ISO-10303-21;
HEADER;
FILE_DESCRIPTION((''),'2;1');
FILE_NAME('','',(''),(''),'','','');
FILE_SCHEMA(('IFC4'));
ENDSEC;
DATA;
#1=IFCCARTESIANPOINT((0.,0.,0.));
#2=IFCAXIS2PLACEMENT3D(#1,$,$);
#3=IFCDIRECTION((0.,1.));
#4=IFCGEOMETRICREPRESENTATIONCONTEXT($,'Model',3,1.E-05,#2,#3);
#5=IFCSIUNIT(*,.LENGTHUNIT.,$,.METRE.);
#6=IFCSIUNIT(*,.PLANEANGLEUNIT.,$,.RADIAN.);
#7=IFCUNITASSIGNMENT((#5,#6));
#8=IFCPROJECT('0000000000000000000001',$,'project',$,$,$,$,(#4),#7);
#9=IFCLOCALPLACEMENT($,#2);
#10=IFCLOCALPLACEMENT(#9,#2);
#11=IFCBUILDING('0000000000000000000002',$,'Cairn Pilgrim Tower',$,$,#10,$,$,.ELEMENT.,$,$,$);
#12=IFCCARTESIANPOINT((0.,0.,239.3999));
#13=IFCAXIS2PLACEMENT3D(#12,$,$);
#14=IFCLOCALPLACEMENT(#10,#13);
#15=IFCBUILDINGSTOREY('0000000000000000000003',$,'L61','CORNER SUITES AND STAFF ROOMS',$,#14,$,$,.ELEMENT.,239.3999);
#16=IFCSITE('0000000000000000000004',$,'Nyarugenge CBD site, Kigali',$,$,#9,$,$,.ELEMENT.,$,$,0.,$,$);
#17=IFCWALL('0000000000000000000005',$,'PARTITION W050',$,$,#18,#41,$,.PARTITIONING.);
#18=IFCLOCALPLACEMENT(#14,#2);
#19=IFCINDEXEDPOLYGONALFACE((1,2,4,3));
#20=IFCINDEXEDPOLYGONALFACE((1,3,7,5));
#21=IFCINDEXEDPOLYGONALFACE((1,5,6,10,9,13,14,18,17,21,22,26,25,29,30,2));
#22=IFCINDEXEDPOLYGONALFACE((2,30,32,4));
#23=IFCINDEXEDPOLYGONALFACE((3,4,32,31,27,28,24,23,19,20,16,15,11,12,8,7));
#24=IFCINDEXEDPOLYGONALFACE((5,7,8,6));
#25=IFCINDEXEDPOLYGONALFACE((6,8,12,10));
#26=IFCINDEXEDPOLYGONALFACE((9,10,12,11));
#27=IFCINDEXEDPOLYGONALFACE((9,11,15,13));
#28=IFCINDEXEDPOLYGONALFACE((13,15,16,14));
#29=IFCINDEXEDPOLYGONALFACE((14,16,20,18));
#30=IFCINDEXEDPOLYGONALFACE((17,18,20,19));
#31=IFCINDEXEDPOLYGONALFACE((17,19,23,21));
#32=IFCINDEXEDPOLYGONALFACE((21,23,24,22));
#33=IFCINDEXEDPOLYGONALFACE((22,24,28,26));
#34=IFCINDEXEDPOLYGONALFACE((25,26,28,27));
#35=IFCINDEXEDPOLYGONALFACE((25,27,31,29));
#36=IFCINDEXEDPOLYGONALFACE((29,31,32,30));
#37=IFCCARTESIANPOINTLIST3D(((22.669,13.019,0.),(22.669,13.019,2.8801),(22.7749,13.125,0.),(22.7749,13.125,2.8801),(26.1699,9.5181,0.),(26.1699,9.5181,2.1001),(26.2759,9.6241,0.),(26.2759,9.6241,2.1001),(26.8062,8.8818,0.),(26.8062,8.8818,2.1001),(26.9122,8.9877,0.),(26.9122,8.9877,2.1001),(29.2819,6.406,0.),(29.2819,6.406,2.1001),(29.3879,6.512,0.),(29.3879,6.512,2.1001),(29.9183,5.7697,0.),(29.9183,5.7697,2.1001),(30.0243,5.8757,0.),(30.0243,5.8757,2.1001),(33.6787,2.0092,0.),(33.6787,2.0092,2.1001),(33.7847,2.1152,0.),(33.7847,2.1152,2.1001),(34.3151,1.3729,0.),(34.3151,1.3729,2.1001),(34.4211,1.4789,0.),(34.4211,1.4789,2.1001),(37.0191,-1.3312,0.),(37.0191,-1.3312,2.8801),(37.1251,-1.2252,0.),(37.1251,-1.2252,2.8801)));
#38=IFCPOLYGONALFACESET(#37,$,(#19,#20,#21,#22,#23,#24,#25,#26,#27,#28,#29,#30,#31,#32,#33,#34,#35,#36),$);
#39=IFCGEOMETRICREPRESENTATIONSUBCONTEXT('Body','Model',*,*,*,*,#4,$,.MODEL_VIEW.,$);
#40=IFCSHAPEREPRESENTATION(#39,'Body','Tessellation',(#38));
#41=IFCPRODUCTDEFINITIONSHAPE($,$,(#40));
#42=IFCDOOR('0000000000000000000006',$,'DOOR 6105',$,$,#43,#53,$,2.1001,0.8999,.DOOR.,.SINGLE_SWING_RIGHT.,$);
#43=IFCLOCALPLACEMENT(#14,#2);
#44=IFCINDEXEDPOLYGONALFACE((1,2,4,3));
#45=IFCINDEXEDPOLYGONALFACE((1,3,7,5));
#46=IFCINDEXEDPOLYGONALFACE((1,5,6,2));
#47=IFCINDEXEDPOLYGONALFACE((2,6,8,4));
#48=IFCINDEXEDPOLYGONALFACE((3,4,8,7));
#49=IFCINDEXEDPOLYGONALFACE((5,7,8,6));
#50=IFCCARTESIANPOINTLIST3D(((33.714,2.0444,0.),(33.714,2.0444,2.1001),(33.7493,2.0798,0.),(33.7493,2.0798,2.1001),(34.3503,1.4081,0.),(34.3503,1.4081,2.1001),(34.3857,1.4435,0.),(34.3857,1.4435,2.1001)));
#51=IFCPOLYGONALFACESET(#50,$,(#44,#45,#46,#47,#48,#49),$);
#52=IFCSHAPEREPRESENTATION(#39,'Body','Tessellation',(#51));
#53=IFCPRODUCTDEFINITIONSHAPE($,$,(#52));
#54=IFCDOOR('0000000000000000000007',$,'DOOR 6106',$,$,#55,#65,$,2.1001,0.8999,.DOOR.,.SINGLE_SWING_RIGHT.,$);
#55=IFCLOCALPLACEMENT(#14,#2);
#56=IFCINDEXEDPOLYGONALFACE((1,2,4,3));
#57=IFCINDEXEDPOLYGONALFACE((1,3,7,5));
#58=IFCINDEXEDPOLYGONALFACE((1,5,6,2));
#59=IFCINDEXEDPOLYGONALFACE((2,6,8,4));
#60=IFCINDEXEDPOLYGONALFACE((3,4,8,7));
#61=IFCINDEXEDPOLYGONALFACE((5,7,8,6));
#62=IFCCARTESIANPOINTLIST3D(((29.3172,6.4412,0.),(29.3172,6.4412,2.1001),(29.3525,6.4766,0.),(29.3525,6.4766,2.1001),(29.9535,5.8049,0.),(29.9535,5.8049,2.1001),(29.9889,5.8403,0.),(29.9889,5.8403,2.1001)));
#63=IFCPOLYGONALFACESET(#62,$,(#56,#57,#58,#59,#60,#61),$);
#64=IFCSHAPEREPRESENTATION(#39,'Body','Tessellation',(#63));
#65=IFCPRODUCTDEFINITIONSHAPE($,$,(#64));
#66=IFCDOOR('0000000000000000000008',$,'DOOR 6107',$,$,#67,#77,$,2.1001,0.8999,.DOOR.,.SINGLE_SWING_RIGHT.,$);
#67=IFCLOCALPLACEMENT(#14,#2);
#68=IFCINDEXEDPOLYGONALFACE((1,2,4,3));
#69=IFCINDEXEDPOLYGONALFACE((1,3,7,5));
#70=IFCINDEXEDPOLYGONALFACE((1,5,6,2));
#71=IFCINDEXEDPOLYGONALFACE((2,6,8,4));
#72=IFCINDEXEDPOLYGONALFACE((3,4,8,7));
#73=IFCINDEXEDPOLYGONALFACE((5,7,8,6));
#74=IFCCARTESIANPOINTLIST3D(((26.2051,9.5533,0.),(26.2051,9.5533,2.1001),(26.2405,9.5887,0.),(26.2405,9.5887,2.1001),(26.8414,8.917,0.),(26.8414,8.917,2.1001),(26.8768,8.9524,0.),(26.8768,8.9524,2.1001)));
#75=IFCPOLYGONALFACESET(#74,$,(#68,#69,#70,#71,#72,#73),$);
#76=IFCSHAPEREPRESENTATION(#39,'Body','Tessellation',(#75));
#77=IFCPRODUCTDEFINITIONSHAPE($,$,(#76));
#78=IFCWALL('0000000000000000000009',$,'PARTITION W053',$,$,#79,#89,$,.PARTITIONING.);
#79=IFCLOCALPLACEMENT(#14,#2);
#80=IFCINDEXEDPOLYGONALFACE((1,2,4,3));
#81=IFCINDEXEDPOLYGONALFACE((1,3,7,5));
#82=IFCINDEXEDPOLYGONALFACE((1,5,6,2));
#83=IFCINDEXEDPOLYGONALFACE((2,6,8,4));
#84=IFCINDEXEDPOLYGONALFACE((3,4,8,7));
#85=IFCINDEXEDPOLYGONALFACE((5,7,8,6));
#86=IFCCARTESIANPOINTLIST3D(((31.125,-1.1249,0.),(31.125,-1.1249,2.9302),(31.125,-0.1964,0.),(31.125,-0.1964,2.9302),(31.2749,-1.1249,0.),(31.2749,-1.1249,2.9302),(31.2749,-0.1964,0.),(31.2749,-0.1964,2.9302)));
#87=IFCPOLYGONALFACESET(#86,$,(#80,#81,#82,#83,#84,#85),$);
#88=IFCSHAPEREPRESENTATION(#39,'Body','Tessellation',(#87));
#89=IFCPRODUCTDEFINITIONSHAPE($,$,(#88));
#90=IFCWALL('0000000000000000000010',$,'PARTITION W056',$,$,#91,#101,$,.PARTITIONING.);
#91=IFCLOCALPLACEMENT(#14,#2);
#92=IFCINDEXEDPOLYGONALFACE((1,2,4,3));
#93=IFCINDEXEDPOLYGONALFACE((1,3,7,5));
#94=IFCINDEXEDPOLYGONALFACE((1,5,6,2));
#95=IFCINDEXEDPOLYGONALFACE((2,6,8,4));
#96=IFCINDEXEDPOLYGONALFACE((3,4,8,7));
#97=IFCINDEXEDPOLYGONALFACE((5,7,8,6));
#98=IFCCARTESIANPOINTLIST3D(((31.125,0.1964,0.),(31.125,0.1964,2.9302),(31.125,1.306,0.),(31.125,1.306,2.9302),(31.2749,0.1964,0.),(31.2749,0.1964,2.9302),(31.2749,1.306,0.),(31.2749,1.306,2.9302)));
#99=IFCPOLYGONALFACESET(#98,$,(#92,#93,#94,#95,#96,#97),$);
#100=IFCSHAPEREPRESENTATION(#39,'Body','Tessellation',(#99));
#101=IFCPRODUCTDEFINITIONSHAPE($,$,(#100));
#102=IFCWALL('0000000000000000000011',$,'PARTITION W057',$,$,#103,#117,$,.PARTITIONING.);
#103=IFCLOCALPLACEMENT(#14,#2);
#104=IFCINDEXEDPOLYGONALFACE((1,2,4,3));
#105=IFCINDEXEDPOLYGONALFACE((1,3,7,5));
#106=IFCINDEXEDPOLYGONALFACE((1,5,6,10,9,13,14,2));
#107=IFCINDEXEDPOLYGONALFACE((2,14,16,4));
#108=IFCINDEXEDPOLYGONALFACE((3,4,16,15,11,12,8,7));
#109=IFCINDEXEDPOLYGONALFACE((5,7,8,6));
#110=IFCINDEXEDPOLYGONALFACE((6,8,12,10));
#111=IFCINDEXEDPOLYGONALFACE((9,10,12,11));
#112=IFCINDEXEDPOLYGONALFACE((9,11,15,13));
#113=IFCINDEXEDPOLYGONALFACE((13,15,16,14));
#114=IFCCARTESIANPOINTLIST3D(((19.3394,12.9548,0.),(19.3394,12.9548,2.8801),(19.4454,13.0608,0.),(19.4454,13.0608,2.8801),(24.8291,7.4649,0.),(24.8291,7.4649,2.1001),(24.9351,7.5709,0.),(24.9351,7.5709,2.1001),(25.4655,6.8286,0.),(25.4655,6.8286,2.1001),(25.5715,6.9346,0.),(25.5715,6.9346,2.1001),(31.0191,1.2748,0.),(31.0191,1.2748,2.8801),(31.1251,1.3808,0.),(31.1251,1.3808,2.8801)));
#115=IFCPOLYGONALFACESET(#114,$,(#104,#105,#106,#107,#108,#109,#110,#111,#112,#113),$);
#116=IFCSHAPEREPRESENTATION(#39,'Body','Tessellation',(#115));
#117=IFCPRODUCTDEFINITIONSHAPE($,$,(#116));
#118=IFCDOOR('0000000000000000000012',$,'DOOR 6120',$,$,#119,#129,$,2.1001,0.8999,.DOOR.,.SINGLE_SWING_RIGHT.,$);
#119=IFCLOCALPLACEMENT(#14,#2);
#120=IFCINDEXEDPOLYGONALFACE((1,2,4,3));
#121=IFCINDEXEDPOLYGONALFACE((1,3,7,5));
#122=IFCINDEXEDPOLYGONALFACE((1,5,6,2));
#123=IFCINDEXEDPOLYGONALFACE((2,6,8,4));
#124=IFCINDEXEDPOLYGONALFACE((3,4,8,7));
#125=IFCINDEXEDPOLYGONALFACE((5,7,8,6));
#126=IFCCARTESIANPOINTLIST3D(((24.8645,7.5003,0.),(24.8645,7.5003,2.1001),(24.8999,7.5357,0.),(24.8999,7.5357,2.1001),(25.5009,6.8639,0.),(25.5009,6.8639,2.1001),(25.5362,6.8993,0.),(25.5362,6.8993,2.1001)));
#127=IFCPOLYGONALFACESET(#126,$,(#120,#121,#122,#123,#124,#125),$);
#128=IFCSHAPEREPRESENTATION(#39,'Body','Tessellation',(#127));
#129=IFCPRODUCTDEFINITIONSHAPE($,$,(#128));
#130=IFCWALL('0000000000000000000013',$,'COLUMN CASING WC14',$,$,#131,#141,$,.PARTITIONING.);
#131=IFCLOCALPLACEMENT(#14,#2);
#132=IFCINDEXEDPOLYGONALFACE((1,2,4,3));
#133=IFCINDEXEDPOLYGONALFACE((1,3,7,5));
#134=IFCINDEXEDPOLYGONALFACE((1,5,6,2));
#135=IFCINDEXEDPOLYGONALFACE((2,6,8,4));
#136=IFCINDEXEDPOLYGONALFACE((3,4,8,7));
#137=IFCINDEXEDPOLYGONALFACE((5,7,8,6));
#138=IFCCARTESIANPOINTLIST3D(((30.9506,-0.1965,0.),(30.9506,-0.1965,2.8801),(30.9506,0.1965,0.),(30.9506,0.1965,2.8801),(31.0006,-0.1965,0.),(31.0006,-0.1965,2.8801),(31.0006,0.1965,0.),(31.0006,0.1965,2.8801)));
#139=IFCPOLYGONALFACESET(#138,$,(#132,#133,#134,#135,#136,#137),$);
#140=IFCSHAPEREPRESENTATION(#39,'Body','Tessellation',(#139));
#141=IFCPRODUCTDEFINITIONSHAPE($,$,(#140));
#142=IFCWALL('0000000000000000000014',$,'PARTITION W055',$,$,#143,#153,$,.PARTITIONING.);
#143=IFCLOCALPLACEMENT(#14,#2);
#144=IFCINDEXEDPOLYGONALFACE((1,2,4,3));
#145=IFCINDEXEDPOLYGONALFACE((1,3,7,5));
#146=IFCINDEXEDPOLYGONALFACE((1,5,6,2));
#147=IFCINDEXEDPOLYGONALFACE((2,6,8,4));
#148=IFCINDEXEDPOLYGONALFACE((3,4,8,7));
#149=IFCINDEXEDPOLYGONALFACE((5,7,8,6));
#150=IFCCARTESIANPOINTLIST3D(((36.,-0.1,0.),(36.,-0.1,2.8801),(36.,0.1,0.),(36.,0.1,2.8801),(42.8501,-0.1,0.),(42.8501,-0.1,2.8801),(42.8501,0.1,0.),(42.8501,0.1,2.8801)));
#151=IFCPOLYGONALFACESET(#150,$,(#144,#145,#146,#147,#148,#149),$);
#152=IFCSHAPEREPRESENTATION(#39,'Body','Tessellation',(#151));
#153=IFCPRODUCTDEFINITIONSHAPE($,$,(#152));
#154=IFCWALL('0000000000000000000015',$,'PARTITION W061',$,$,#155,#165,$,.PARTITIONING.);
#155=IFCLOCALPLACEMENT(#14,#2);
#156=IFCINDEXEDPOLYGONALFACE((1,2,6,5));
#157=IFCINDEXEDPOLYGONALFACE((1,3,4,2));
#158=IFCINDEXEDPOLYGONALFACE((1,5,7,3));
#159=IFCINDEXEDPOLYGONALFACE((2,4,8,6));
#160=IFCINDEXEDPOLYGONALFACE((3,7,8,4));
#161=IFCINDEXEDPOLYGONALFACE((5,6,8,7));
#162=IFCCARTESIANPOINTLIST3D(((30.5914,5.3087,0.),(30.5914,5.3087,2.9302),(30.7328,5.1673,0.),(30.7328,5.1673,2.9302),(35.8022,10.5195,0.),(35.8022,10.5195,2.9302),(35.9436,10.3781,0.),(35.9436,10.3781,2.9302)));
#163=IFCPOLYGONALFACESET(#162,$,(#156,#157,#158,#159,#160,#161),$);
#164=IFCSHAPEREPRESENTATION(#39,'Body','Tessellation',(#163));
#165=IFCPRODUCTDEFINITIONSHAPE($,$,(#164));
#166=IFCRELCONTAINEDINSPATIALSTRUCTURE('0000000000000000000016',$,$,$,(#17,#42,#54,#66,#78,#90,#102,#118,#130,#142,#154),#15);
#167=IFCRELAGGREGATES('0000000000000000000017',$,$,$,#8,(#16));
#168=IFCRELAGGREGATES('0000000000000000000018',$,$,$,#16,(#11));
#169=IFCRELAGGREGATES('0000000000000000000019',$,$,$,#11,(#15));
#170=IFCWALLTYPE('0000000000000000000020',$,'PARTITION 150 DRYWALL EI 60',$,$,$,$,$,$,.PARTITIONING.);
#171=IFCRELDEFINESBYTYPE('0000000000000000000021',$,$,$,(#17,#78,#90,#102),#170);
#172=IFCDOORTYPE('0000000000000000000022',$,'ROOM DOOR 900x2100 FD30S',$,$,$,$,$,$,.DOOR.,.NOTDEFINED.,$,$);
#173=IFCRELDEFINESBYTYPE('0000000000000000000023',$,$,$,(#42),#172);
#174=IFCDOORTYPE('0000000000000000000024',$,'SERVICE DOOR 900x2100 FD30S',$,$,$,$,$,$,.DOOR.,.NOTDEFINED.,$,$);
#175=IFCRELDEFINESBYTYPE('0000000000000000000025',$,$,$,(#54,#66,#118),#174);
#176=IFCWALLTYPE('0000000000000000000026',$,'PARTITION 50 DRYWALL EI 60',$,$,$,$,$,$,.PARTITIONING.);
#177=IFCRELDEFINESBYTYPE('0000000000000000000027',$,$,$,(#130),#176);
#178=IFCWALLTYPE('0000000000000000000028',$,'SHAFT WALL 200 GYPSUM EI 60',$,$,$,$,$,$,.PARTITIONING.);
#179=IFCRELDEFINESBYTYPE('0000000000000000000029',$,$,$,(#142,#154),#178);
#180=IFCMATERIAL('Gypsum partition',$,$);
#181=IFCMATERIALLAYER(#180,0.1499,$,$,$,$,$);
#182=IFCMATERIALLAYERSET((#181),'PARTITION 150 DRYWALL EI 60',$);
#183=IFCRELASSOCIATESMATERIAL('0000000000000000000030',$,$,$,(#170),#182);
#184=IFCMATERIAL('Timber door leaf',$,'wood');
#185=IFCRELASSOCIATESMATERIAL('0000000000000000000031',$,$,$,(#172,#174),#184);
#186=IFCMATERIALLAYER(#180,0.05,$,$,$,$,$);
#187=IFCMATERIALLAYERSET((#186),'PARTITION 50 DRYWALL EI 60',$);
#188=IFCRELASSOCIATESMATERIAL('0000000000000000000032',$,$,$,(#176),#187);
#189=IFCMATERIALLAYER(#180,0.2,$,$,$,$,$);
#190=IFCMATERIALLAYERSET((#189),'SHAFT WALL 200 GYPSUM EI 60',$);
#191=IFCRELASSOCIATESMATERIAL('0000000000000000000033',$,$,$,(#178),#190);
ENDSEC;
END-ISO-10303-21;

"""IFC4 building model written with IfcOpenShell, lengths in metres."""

from ifc_helpers import new_model, si_unit, direction, frame, frame_2d, origin, place, context, subcontext, project, spatial, rectangle, extrude, material, layer, layer_set, type_object, element, fill, save


model = new_model("IFC4")

# Units and contexts
model_context = context("Model", 3, precision=1e-05, world=origin(), true_north=direction((0.0, 1.0)))
body_context = subcontext(model_context, "Body", "Model", "MODEL_VIEW")
ifc_project = project(units=[si_unit("LENGTHUNIT", "METRE"), si_unit("PLANEANGLEUNIT", "RADIAN")], contexts=[model_context])

# Site, building, storey
site_placement = place(None, origin())
site = spatial("IfcSite", under=ifc_project, at=site_placement, Name="Nyarugenge CBD site, Kigali", CompositionType="ELEMENT", RefElevation=0.0)
building_placement = place(site_placement, origin())
building = spatial("IfcBuilding", under=site, at=building_placement, Name="Cairn Pilgrim Tower", CompositionType="ELEMENT")
storey_placement = place(building_placement, frame((0.0, 0.0, 239.3999)))
storey = spatial("IfcBuildingStorey", under=building, at=storey_placement, Name="L61", Description="CORNER SUITES AND STAFF ROOMS", CompositionType="ELEMENT", Elevation=239.3999)

# Shared definitions
ifc_material_1 = material(Name="Gypsum partition")
ifc_material_2 = material(Name="Timber door leaf", Category="wood")

# Wall, openings, doors
ifc_layer_1 = layer(ifc_material_1, 0.1499)
ifc_layer_set_1 = layer_set([ifc_layer_1], Name="PARTITION 150 DRYWALL EI 60")
wall_type_1 = type_object("IfcWallType", Name="PARTITION 150 DRYWALL EI 60", PredefinedType="PARTITIONING", material=ifc_layer_set_1)
wall_1_placement = place(storey_placement, frame((37.072, -1.2781, 0.0), z_axis=(0.0, 0.0, 1.0), x_axis=(-0.707107, 0.707107, 0.0)))
wall_1 = element("IfcWall", 1, at=wall_1_placement, inside=storey, type_object=wall_type_1, Name="PARTITION W050", PredefinedType="PARTITIONING", context=body_context, shape_type="SweptSolid", body=[
    extrude(rectangle(XDim=20.2942, YDim=0.1499, at=frame_2d((10.147, 0.0))), origin(), (0.0, 0.0, 1.0), 2.8801),
])
opening_1_placement = place(wall_1_placement, frame((3.824, 0.0, 0.0)))
opening_1 = element("IfcOpeningElement", 2, at=opening_1_placement, cuts=wall_1, PredefinedType="OPENING", context=body_context, shape_type="SweptSolid", body=[
    extrude(rectangle(XDim=0.8999, YDim=2.1001, at=frame_2d((0.45, 1.05))), frame((0.0, 0.085, 0.0), z_axis=(0.0, -1.0, 0.0), x_axis=(1.0, 0.0, 0.0)), (0.0, 0.0, 1.0), 0.1699),
])
opening_2_placement = place(wall_1_placement, frame((10.042, 0.0, 0.0)))
opening_2 = element("IfcOpeningElement", 3, at=opening_2_placement, cuts=wall_1, PredefinedType="OPENING", context=body_context, shape_type="SweptSolid", body=[
    extrude(rectangle(XDim=0.8999, YDim=2.1001, at=frame_2d((0.45, 1.05))), frame((0.0, 0.085, 0.0), z_axis=(0.0, -1.0, 0.0), x_axis=(1.0, 0.0, 0.0)), (0.0, 0.0, 1.0), 0.1699),
])
opening_3_placement = place(wall_1_placement, frame((14.4431, 0.0, 0.0)))
opening_3 = element("IfcOpeningElement", 4, at=opening_3_placement, cuts=wall_1, PredefinedType="OPENING", context=body_context, shape_type="SweptSolid", body=[
    extrude(rectangle(XDim=0.8999, YDim=2.1001, at=frame_2d((0.45, 1.05))), frame((0.0, 0.085, 0.0), z_axis=(0.0, -1.0, 0.0), x_axis=(1.0, 0.0, 0.0)), (0.0, 0.0, 1.0), 0.1699),
])
door_type_1 = type_object("IfcDoorType", Name="ROOM DOOR 900x2100 FD30S", OperationType="NOTDEFINED", PredefinedType="DOOR", material=ifc_material_2)
door_1_placement = place(opening_1_placement, frame((0.8999, 0.0, 0.0), z_axis=(0.0, 0.0, 1.0), x_axis=(-1.0, 0.0, 0.0)))
door_1 = element("IfcDoor", 5, at=door_1_placement, inside=storey, type_object=door_type_1, Name="DOOR 6105", OperationType="SINGLE_SWING_RIGHT", OverallHeight=2.1001, OverallWidth=0.8999, PredefinedType="DOOR", context=body_context, shape_type="SweptSolid", body=[
    extrude(rectangle(XDim=0.8999, YDim=2.1001, at=frame_2d((0.45, 1.05))), frame((0.0, 0.0249, 0.0), z_axis=(0.0, -1.0, 0.0), x_axis=(1.0, 0.0, 0.0)), (0.0, 0.0, 1.0), 0.05),
])
fill(opening_1, door_1)
door_type_2 = type_object("IfcDoorType", Name="SERVICE DOOR 900x2100 FD30S", OperationType="NOTDEFINED", PredefinedType="DOOR", material=ifc_material_2)
door_2_placement = place(opening_2_placement, frame((0.8999, 0.0, 0.0), z_axis=(0.0, 0.0, 1.0), x_axis=(-1.0, 0.0, 0.0)))
door_2 = element("IfcDoor", 6, at=door_2_placement, inside=storey, type_object=door_type_2, Name="DOOR 6106", OperationType="SINGLE_SWING_RIGHT", OverallHeight=2.1001, OverallWidth=0.8999, PredefinedType="DOOR", context=body_context, shape_type="SweptSolid", body=[
    extrude(rectangle(XDim=0.8999, YDim=2.1001, at=frame_2d((0.45, 1.05))), frame((0.0, 0.0249, 0.0), z_axis=(0.0, -1.0, 0.0), x_axis=(1.0, 0.0, 0.0)), (0.0, 0.0, 1.0), 0.05),
])
fill(opening_2, door_2)
door_3_placement = place(opening_3_placement, frame((0.8999, 0.0, 0.0), z_axis=(0.0, 0.0, 1.0), x_axis=(-1.0, 0.0, 0.0)))
door_3 = element("IfcDoor", 7, at=door_3_placement, inside=storey, type_object=door_type_2, Name="DOOR 6107", OperationType="SINGLE_SWING_RIGHT", OverallHeight=2.1001, OverallWidth=0.8999, PredefinedType="DOOR", context=body_context, shape_type="SweptSolid", body=[
    extrude(rectangle(XDim=0.8999, YDim=2.1001, at=frame_2d((0.45, 1.05))), frame((0.0, 0.0249, 0.0), z_axis=(0.0, -1.0, 0.0), x_axis=(1.0, 0.0, 0.0)), (0.0, 0.0, 1.0), 0.05),
])
fill(opening_3, door_3)

# Walls
wall_2_placement = place(storey_placement, frame((31.2, -1.125, 0.0), z_axis=(0.0, 0.0, 1.0), x_axis=(0.0, 1.0, 0.0)))
element("IfcWall", 8, at=wall_2_placement, inside=storey, type_object=wall_type_1, Name="PARTITION W053", PredefinedType="PARTITIONING", context=body_context, shape_type="SweptSolid", body=[
    extrude(rectangle(XDim=0.9285, YDim=0.1499, at=frame_2d((0.4644, 0.0))), origin(), (0.0, 0.0, 1.0), 2.9302),
])
wall_3_placement = place(storey_placement, frame((31.2, 0.1965, 0.0), z_axis=(0.0, 0.0, 1.0), x_axis=(0.0, 1.0, 0.0)))
element("IfcWall", 9, at=wall_3_placement, inside=storey, type_object=wall_type_1, Name="PARTITION W056", PredefinedType="PARTITIONING", context=body_context, shape_type="SweptSolid", body=[
    extrude(rectangle(XDim=1.1096, YDim=0.1499, at=frame_2d((0.5547, 0.0))), origin(), (0.0, 0.0, 1.0), 2.9302),
])

# Wall, opening, door
wall_4_placement = place(storey_placement, frame((31.072, 1.3279, 0.0), z_axis=(0.0, 0.0, 1.0), x_axis=(-0.707099, 0.707114, 0.0)))
wall_4 = element("IfcWall", 10, at=wall_4_placement, inside=storey, type_object=wall_type_1, Name="PARTITION W057", PredefinedType="PARTITIONING", context=body_context, shape_type="SweptSolid", body=[
    extrude(rectangle(XDim=16.5178, YDim=0.1499, at=frame_2d((8.2588, 0.0))), origin(), (0.0, 0.0, 1.0), 2.8801),
])
opening_4_placement = place(wall_4_placement, frame((7.854, 0.0, 0.0)))
opening_4 = element("IfcOpeningElement", 11, at=opening_4_placement, cuts=wall_4, PredefinedType="OPENING", context=body_context, shape_type="SweptSolid", body=[
    extrude(rectangle(XDim=0.8999, YDim=2.1001, at=frame_2d((0.45, 1.05))), frame((0.0, 0.085, 0.0), z_axis=(0.0, -1.0, 0.0), x_axis=(1.0, 0.0, 0.0)), (0.0, 0.0, 1.0), 0.1699),
])
door_4_placement = place(opening_4_placement, origin())
door_4 = element("IfcDoor", 12, at=door_4_placement, inside=storey, type_object=door_type_2, Name="DOOR 6120", OperationType="SINGLE_SWING_RIGHT", OverallHeight=2.1001, OverallWidth=0.8999, PredefinedType="DOOR", context=body_context, shape_type="SweptSolid", body=[
    extrude(rectangle(XDim=0.8999, YDim=2.1001, at=frame_2d((0.45, 1.05))), frame((0.0, 0.0249, 0.0), z_axis=(0.0, -1.0, 0.0), x_axis=(1.0, 0.0, 0.0)), (0.0, 0.0, 1.0), 0.05),
])
fill(opening_4, door_4)

# Walls
ifc_layer_2 = layer(ifc_material_1, 0.05)
ifc_layer_set_2 = layer_set([ifc_layer_2], Name="PARTITION 50 DRYWALL EI 60")
wall_type_2 = type_object("IfcWallType", Name="PARTITION 50 DRYWALL EI 60", PredefinedType="PARTITIONING", material=ifc_layer_set_2)
wall_5_placement = place(storey_placement, frame((30.9756, -0.1965, 0.0), z_axis=(0.0, 0.0, 1.0), x_axis=(0.0, 1.0, 0.0)))
element("IfcWall", 13, at=wall_5_placement, inside=storey, type_object=wall_type_2, Name="COLUMN CASING WC14", PredefinedType="PARTITIONING", context=body_context, shape_type="SweptSolid", body=[
    extrude(rectangle(XDim=0.3931, YDim=0.05, at=frame_2d((0.1965, 0.0))), origin(), (0.0, 0.0, 1.0), 2.8801),
])
ifc_layer_3 = layer(ifc_material_1, 0.2)
ifc_layer_set_3 = layer_set([ifc_layer_3], Name="SHAFT WALL 200 GYPSUM EI 60")
wall_type_3 = type_object("IfcWallType", Name="SHAFT WALL 200 GYPSUM EI 60", PredefinedType="PARTITIONING", material=ifc_layer_set_3)
wall_6_placement = place(storey_placement, frame((36.0, 0.0, 0.0), z_axis=(0.0, 0.0, 1.0), x_axis=(1.0, 0.0, 0.0)))
element("IfcWall", 14, at=wall_6_placement, inside=storey, type_object=wall_type_3, Name="PARTITION W055", PredefinedType="PARTITIONING", context=body_context, shape_type="SweptSolid", body=[
    extrude(rectangle(XDim=6.8501, YDim=0.2, at=frame_2d((3.425, 0.0))), origin(), (0.0, 0.0, 1.0), 2.8801),
])
wall_7_placement = place(storey_placement, frame((30.6621, 5.238, 0.0), z_axis=(0.0, 0.0, 1.0), x_axis=(0.707107, 0.707107, 0.0)))
element("IfcWall", 15, at=wall_7_placement, inside=storey, type_object=wall_type_3, Name="PARTITION W061", PredefinedType="PARTITIONING", context=body_context, shape_type="SweptSolid", body=[
    extrude(rectangle(XDim=7.3691, YDim=0.2, at=frame_2d((3.6846, 0.0))), origin(), (0.0, 0.0, 1.0), 2.9302),
])

save(model, "model.ifc")
